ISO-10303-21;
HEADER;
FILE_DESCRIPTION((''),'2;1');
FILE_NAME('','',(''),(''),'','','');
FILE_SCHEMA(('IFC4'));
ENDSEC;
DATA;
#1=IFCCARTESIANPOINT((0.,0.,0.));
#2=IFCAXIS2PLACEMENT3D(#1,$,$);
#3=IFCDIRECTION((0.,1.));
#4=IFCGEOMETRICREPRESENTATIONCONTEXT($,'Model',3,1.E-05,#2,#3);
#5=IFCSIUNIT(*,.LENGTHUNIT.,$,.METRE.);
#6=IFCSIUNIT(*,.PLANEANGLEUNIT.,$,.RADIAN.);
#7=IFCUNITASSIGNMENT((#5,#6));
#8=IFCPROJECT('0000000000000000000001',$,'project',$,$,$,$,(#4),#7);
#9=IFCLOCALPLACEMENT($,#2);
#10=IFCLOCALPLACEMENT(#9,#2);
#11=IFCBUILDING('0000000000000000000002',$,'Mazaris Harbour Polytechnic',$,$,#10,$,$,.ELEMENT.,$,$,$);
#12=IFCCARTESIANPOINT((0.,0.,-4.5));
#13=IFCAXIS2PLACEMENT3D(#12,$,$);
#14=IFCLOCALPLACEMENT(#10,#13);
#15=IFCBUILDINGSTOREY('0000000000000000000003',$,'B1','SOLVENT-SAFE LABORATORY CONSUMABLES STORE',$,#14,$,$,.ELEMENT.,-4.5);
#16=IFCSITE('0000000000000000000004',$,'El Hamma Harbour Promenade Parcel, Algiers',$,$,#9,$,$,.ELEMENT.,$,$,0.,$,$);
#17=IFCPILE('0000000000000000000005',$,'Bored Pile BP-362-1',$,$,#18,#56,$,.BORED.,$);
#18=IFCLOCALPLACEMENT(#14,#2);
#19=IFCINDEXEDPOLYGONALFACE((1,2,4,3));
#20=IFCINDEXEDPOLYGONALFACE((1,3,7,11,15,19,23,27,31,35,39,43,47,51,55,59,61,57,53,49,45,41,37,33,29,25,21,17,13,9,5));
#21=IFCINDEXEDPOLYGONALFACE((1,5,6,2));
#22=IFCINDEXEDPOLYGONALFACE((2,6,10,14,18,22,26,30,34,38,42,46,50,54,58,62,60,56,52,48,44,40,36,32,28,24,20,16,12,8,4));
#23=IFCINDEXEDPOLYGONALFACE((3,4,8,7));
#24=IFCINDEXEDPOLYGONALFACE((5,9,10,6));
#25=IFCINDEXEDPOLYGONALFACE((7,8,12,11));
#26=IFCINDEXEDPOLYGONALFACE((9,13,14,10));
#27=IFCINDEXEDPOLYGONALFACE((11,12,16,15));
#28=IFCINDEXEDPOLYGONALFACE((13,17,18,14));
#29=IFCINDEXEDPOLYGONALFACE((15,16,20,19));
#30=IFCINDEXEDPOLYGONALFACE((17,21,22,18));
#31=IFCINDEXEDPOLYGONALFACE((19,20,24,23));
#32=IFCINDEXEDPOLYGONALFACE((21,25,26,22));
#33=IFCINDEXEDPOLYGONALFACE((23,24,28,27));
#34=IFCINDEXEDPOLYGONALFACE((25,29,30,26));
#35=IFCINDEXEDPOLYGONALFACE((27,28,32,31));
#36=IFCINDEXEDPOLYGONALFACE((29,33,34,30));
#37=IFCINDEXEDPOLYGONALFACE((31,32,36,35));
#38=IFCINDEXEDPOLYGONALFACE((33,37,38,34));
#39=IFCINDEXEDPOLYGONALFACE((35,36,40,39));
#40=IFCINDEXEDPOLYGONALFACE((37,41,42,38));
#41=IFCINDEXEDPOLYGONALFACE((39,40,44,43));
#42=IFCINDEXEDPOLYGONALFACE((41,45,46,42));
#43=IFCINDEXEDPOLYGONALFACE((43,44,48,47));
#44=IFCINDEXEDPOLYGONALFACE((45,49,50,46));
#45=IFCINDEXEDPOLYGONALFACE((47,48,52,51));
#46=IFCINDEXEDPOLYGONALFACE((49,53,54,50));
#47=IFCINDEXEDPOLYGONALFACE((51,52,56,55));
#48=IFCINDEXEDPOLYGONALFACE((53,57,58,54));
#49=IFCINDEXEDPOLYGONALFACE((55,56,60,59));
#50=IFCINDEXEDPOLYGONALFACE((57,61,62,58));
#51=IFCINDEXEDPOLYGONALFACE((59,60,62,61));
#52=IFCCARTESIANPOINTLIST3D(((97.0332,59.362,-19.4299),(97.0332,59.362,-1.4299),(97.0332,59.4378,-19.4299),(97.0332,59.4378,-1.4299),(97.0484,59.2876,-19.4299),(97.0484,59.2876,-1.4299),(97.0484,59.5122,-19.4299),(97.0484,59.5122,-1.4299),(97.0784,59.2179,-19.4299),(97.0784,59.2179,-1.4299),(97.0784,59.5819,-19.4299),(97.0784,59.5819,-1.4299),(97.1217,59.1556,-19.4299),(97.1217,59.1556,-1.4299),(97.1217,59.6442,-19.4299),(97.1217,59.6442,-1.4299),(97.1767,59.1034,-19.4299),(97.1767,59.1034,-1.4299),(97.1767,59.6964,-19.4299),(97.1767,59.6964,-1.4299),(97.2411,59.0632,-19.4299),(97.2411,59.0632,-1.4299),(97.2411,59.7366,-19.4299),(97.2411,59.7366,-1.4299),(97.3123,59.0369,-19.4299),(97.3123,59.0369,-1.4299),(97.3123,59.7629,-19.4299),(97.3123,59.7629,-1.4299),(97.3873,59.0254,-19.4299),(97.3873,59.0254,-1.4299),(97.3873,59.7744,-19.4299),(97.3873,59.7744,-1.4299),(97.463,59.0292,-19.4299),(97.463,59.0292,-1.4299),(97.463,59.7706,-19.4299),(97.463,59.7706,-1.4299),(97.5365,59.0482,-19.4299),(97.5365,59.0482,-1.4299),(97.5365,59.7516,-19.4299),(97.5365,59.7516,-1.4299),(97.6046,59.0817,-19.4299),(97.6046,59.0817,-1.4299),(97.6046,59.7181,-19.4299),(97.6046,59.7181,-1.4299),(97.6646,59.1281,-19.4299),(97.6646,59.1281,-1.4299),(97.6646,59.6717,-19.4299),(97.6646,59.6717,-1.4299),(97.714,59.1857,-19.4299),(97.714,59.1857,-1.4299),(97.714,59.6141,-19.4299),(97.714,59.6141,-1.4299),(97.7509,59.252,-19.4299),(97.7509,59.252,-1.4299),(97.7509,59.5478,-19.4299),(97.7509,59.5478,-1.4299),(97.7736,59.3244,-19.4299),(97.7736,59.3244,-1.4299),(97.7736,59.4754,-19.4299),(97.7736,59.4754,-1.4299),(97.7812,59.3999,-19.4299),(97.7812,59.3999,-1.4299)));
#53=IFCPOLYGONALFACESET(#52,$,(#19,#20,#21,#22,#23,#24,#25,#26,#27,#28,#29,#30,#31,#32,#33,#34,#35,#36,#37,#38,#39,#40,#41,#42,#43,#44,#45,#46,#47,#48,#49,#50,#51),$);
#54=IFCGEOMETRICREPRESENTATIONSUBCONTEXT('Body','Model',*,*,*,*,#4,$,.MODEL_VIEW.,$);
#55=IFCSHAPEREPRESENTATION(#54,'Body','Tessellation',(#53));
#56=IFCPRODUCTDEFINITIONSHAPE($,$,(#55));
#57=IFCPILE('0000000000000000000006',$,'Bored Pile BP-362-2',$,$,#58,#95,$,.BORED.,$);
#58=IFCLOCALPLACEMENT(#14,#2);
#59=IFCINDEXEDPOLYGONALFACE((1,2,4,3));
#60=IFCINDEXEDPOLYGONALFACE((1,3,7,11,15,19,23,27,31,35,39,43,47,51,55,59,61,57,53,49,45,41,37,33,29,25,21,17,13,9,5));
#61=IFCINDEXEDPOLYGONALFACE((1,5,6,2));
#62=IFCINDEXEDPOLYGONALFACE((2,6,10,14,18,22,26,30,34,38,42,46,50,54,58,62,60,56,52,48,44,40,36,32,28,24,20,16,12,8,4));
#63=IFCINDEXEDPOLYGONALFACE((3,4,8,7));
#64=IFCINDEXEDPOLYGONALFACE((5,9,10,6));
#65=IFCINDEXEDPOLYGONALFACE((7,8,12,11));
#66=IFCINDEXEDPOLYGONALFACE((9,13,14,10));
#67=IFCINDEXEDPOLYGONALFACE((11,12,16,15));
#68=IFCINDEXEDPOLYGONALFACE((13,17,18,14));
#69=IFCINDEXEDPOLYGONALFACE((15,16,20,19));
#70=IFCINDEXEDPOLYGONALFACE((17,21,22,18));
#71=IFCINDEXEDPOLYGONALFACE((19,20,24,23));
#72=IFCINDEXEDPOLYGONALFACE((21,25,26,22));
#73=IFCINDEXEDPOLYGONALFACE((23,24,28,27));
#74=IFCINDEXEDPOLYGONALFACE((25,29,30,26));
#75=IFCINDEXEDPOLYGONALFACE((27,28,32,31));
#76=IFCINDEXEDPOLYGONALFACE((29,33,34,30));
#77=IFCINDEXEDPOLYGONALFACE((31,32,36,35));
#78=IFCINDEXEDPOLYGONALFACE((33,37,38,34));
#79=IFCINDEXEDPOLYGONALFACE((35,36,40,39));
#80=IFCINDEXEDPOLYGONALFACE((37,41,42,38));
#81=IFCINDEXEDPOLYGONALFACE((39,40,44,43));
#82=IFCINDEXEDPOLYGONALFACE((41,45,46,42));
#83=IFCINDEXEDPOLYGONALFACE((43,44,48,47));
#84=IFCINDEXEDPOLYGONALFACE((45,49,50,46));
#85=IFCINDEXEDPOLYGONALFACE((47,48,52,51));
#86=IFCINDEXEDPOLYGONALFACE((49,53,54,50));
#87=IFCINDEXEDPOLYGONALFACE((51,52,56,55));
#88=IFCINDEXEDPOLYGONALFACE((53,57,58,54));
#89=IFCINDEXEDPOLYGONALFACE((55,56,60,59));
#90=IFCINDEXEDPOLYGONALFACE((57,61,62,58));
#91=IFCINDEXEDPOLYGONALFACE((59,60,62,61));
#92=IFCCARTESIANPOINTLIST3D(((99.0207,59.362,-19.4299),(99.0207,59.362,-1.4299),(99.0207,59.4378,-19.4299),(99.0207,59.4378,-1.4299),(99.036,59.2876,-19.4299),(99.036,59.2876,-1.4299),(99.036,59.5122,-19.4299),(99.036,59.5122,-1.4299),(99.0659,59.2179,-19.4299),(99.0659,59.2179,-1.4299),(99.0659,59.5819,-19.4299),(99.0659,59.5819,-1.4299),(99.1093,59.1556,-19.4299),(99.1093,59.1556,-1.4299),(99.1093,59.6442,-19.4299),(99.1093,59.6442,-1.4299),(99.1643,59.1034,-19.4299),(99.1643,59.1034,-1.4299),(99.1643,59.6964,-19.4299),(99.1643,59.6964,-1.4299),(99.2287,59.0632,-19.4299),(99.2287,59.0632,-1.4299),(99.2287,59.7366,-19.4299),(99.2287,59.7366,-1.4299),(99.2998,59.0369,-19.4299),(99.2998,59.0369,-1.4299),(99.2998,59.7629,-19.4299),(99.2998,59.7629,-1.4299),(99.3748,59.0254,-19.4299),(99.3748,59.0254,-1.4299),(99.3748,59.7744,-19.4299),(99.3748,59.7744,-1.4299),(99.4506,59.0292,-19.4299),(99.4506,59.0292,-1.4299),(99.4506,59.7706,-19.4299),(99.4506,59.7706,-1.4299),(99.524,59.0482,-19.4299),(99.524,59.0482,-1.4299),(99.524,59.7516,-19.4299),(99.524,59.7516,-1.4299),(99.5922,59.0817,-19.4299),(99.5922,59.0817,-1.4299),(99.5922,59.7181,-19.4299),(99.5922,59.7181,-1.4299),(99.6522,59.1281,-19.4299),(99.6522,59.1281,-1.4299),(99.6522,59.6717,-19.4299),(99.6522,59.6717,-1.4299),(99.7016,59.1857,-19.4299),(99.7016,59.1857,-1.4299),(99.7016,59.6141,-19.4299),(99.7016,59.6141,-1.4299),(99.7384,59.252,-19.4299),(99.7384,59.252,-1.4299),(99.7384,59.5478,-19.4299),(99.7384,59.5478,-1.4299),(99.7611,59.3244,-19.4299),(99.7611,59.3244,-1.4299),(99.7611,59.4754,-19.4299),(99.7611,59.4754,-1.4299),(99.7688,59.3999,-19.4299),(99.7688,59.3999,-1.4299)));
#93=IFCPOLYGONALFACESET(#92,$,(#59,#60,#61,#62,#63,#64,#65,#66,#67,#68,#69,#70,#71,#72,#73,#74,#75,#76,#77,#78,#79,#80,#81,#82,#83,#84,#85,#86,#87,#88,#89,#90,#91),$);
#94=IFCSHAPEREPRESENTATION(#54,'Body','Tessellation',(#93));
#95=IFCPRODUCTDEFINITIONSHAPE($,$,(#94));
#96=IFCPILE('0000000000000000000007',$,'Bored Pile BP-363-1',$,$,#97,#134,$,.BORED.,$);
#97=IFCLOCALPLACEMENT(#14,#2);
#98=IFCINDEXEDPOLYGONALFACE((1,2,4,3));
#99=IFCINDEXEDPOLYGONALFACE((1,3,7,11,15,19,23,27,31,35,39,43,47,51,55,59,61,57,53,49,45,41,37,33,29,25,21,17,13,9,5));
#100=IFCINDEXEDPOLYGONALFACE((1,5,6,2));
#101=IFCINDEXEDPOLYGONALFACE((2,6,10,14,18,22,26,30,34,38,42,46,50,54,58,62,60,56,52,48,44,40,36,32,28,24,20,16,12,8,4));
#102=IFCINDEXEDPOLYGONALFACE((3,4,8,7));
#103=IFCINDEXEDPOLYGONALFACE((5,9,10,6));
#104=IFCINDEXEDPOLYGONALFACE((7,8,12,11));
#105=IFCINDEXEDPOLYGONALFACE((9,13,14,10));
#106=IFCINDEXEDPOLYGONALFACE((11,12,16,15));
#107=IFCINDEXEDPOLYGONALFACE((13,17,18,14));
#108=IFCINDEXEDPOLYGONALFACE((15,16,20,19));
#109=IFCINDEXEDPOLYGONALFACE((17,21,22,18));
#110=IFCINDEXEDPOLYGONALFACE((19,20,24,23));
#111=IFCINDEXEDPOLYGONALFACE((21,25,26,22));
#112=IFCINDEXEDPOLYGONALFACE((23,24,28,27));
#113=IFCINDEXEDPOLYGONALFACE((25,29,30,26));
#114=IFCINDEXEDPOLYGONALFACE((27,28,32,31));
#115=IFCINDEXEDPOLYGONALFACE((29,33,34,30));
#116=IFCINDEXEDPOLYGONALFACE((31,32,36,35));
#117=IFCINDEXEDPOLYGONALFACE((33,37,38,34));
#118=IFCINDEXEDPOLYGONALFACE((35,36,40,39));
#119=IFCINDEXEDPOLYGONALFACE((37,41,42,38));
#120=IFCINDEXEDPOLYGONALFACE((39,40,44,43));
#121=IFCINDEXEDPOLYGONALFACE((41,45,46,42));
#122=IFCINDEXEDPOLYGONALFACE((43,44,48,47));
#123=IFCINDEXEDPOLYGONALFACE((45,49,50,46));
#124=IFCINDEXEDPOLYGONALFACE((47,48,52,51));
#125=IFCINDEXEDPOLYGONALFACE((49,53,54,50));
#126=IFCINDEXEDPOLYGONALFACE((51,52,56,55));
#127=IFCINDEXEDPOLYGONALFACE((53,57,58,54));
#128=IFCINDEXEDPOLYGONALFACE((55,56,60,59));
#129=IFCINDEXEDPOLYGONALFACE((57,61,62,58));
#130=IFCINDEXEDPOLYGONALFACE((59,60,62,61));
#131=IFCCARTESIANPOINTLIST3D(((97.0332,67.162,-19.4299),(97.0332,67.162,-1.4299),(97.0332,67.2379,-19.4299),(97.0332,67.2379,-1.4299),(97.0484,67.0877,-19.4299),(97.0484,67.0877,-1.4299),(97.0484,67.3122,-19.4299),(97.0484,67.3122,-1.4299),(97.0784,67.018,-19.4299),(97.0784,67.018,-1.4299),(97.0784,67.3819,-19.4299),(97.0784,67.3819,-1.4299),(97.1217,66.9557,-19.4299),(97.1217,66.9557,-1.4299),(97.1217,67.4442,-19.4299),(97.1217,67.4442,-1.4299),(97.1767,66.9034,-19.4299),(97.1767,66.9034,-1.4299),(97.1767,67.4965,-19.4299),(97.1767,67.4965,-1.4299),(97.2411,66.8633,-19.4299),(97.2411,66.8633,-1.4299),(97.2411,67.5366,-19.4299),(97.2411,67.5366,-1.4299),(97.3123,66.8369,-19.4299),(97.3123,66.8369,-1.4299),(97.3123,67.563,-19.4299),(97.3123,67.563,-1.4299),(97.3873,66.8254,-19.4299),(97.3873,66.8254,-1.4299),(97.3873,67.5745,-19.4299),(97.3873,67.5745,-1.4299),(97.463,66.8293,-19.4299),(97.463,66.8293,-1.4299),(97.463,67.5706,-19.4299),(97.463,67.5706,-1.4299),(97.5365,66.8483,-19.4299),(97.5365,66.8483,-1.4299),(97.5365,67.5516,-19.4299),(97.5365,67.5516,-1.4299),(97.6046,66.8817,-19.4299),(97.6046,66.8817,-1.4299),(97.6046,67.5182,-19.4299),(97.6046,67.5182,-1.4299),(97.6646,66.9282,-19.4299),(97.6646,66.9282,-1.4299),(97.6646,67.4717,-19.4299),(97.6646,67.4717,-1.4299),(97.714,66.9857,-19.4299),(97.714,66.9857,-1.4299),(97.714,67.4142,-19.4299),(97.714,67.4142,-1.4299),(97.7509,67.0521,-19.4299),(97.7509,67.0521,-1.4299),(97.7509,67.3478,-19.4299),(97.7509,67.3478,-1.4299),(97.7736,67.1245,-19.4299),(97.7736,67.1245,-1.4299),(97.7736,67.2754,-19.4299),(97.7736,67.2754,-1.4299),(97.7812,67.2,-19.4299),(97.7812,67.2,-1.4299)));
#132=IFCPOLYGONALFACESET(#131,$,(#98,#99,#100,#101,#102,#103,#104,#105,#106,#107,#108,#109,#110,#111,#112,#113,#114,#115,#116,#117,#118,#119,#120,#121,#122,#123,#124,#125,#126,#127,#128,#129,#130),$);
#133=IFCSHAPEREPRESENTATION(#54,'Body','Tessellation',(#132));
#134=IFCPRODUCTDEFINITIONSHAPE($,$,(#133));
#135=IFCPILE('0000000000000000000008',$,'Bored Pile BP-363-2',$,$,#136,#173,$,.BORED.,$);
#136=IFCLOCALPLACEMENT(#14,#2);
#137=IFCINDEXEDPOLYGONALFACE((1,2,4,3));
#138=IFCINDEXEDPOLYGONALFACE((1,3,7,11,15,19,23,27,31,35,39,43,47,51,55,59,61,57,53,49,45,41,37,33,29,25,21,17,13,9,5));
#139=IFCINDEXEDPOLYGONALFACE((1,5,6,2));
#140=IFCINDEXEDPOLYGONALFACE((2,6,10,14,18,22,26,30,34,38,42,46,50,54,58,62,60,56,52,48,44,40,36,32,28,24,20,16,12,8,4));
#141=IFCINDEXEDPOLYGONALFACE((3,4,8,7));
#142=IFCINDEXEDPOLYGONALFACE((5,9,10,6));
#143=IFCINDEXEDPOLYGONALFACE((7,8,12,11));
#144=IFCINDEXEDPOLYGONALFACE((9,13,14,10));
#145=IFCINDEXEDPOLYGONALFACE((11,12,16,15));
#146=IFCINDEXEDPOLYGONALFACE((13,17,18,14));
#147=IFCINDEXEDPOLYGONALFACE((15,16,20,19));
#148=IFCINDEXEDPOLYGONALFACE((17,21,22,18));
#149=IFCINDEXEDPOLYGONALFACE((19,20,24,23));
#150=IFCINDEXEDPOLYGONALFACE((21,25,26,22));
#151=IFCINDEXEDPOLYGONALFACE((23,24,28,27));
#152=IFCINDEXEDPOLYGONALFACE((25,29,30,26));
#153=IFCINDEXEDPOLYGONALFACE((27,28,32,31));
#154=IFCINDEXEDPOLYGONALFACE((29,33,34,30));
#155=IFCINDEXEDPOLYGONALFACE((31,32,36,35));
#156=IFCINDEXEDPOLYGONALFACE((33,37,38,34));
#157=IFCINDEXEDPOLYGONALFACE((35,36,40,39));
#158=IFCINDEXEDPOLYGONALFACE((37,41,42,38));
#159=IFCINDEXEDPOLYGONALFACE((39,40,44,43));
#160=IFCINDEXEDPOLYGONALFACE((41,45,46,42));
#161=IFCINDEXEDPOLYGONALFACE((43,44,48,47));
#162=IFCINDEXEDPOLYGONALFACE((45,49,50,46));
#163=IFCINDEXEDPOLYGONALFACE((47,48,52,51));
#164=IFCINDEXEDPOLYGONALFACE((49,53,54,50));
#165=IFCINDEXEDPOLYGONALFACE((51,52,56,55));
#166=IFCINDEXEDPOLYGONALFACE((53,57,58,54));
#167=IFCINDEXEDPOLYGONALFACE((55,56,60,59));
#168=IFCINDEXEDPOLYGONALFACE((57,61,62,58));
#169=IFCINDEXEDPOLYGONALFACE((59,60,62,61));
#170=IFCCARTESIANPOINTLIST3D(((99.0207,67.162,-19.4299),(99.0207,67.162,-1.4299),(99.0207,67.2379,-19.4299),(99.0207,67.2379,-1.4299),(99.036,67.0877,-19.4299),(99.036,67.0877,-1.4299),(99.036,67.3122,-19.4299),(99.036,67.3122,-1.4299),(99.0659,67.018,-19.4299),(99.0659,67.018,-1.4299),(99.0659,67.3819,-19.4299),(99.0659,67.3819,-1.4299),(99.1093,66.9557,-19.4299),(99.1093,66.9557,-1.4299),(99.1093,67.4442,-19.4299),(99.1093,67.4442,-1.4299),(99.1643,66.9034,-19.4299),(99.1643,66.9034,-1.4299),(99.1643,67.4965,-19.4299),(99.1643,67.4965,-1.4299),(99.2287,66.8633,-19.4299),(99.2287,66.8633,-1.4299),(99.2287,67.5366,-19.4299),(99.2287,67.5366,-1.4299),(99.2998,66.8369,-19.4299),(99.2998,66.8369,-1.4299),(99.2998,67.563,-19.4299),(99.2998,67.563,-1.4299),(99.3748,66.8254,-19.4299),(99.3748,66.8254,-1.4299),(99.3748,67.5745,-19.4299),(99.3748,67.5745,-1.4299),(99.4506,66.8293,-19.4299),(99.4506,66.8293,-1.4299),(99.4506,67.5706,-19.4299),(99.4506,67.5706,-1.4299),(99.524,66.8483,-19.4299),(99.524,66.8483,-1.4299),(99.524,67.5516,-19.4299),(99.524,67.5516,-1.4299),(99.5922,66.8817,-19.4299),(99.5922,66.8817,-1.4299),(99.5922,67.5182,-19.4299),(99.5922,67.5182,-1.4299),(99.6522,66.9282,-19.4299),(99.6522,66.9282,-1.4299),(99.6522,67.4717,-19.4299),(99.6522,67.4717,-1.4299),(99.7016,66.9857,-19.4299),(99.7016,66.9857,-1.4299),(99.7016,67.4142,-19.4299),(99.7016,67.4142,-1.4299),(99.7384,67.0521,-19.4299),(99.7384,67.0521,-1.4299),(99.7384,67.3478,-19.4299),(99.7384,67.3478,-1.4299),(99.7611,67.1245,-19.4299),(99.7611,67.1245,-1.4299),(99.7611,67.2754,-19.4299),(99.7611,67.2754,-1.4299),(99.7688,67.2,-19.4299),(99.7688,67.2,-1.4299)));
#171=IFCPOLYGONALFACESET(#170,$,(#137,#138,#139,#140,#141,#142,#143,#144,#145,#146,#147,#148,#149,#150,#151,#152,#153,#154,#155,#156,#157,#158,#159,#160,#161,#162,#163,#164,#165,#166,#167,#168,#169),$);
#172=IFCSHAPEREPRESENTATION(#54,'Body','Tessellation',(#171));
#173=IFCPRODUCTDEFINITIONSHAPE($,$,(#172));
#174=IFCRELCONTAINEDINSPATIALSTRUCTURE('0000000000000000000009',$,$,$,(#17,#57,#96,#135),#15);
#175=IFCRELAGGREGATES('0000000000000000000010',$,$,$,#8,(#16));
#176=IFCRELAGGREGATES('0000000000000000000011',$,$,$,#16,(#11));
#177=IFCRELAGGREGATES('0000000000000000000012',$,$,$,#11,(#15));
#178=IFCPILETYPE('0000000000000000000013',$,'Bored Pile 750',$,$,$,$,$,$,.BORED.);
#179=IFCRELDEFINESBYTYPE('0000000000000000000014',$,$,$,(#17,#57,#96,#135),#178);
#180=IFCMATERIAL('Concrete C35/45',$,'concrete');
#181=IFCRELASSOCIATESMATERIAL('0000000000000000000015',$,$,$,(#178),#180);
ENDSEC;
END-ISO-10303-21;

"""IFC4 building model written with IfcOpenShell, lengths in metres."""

from ifc_helpers import new_model, si_unit, direction, frame, origin, origin_2d, place, context, subcontext, project, spatial, circle, extrude, material, material_profile, profile_set, type_object, element, save


model = new_model("IFC4")

# Units and contexts
model_context = context("Model", 3, precision=1e-05, world=origin(), true_north=direction((0.0, 1.0)))
body_context = subcontext(model_context, "Body", "Model", "MODEL_VIEW")
ifc_project = project(units=[si_unit("LENGTHUNIT", "METRE"), si_unit("PLANEANGLEUNIT", "RADIAN")], contexts=[model_context])

# Site, building, storey
site_placement = place(None, origin())
site = spatial("IfcSite", under=ifc_project, at=site_placement, Name="El Hamma Harbour Promenade Parcel, Algiers", CompositionType="ELEMENT", RefElevation=0.0)
building_placement = place(site_placement, origin())
building = spatial("IfcBuilding", under=site, at=building_placement, Name="Mazaris Harbour Polytechnic", CompositionType="ELEMENT")
storey_placement = place(building_placement, frame((0.0, 0.0, -4.5)))
storey = spatial("IfcBuildingStorey", under=building, at=storey_placement, Name="B1", Description="SOLVENT-SAFE LABORATORY CONSUMABLES STORE", CompositionType="ELEMENT", Elevation=-4.5)

# Piles
ifc_material_1 = material(Name="Concrete C35/45", Category="concrete")
ifc_material_profile_1 = material_profile(ifc_material_1, circle(Radius=0.375, at=origin_2d()), Name="DIA750")
ifc_profile_set_1 = profile_set([ifc_material_profile_1], Name="Concrete C35/45")
pile_type_1 = type_object("IfcPileType", Name="Bored Pile 750", PredefinedType="BORED", material=ifc_profile_set_1)
for number, where, z_axis, x_axis, name in (
    (1, (97.4062, 59.3999, -1.4299), (0.0, 0.0, -1.0), (1.0, 0.0, 0.0), "Bored Pile BP-362-1"),
    (2, (99.3938, 59.3999, -1.4299), (0.0, 0.0, -1.0), (1.0, 0.0, 0.0), "Bored Pile BP-362-2"),
    (3, (97.4062, 67.2, -1.4299), (0.0, 0.0, -1.0), (1.0, 0.0, 0.0), "Bored Pile BP-363-1"),
    (4, (99.3938, 67.2, -1.4299), (0.0, 0.0, -1.0), (1.0, 0.0, 0.0), "Bored Pile BP-363-2"),
):
    element("IfcPile", number, at=place(storey_placement, frame(where, z_axis=z_axis, x_axis=x_axis)), inside=storey, type_object=pile_type_1, Name=name, PredefinedType="BORED", context=body_context, shape_type="SweptSolid", body=[
        extrude(circle(Radius=0.375, at=origin_2d()), origin(), (0.0, 0.0, 1.0), 18.0),
    ])

save(model, "model.ifc")
